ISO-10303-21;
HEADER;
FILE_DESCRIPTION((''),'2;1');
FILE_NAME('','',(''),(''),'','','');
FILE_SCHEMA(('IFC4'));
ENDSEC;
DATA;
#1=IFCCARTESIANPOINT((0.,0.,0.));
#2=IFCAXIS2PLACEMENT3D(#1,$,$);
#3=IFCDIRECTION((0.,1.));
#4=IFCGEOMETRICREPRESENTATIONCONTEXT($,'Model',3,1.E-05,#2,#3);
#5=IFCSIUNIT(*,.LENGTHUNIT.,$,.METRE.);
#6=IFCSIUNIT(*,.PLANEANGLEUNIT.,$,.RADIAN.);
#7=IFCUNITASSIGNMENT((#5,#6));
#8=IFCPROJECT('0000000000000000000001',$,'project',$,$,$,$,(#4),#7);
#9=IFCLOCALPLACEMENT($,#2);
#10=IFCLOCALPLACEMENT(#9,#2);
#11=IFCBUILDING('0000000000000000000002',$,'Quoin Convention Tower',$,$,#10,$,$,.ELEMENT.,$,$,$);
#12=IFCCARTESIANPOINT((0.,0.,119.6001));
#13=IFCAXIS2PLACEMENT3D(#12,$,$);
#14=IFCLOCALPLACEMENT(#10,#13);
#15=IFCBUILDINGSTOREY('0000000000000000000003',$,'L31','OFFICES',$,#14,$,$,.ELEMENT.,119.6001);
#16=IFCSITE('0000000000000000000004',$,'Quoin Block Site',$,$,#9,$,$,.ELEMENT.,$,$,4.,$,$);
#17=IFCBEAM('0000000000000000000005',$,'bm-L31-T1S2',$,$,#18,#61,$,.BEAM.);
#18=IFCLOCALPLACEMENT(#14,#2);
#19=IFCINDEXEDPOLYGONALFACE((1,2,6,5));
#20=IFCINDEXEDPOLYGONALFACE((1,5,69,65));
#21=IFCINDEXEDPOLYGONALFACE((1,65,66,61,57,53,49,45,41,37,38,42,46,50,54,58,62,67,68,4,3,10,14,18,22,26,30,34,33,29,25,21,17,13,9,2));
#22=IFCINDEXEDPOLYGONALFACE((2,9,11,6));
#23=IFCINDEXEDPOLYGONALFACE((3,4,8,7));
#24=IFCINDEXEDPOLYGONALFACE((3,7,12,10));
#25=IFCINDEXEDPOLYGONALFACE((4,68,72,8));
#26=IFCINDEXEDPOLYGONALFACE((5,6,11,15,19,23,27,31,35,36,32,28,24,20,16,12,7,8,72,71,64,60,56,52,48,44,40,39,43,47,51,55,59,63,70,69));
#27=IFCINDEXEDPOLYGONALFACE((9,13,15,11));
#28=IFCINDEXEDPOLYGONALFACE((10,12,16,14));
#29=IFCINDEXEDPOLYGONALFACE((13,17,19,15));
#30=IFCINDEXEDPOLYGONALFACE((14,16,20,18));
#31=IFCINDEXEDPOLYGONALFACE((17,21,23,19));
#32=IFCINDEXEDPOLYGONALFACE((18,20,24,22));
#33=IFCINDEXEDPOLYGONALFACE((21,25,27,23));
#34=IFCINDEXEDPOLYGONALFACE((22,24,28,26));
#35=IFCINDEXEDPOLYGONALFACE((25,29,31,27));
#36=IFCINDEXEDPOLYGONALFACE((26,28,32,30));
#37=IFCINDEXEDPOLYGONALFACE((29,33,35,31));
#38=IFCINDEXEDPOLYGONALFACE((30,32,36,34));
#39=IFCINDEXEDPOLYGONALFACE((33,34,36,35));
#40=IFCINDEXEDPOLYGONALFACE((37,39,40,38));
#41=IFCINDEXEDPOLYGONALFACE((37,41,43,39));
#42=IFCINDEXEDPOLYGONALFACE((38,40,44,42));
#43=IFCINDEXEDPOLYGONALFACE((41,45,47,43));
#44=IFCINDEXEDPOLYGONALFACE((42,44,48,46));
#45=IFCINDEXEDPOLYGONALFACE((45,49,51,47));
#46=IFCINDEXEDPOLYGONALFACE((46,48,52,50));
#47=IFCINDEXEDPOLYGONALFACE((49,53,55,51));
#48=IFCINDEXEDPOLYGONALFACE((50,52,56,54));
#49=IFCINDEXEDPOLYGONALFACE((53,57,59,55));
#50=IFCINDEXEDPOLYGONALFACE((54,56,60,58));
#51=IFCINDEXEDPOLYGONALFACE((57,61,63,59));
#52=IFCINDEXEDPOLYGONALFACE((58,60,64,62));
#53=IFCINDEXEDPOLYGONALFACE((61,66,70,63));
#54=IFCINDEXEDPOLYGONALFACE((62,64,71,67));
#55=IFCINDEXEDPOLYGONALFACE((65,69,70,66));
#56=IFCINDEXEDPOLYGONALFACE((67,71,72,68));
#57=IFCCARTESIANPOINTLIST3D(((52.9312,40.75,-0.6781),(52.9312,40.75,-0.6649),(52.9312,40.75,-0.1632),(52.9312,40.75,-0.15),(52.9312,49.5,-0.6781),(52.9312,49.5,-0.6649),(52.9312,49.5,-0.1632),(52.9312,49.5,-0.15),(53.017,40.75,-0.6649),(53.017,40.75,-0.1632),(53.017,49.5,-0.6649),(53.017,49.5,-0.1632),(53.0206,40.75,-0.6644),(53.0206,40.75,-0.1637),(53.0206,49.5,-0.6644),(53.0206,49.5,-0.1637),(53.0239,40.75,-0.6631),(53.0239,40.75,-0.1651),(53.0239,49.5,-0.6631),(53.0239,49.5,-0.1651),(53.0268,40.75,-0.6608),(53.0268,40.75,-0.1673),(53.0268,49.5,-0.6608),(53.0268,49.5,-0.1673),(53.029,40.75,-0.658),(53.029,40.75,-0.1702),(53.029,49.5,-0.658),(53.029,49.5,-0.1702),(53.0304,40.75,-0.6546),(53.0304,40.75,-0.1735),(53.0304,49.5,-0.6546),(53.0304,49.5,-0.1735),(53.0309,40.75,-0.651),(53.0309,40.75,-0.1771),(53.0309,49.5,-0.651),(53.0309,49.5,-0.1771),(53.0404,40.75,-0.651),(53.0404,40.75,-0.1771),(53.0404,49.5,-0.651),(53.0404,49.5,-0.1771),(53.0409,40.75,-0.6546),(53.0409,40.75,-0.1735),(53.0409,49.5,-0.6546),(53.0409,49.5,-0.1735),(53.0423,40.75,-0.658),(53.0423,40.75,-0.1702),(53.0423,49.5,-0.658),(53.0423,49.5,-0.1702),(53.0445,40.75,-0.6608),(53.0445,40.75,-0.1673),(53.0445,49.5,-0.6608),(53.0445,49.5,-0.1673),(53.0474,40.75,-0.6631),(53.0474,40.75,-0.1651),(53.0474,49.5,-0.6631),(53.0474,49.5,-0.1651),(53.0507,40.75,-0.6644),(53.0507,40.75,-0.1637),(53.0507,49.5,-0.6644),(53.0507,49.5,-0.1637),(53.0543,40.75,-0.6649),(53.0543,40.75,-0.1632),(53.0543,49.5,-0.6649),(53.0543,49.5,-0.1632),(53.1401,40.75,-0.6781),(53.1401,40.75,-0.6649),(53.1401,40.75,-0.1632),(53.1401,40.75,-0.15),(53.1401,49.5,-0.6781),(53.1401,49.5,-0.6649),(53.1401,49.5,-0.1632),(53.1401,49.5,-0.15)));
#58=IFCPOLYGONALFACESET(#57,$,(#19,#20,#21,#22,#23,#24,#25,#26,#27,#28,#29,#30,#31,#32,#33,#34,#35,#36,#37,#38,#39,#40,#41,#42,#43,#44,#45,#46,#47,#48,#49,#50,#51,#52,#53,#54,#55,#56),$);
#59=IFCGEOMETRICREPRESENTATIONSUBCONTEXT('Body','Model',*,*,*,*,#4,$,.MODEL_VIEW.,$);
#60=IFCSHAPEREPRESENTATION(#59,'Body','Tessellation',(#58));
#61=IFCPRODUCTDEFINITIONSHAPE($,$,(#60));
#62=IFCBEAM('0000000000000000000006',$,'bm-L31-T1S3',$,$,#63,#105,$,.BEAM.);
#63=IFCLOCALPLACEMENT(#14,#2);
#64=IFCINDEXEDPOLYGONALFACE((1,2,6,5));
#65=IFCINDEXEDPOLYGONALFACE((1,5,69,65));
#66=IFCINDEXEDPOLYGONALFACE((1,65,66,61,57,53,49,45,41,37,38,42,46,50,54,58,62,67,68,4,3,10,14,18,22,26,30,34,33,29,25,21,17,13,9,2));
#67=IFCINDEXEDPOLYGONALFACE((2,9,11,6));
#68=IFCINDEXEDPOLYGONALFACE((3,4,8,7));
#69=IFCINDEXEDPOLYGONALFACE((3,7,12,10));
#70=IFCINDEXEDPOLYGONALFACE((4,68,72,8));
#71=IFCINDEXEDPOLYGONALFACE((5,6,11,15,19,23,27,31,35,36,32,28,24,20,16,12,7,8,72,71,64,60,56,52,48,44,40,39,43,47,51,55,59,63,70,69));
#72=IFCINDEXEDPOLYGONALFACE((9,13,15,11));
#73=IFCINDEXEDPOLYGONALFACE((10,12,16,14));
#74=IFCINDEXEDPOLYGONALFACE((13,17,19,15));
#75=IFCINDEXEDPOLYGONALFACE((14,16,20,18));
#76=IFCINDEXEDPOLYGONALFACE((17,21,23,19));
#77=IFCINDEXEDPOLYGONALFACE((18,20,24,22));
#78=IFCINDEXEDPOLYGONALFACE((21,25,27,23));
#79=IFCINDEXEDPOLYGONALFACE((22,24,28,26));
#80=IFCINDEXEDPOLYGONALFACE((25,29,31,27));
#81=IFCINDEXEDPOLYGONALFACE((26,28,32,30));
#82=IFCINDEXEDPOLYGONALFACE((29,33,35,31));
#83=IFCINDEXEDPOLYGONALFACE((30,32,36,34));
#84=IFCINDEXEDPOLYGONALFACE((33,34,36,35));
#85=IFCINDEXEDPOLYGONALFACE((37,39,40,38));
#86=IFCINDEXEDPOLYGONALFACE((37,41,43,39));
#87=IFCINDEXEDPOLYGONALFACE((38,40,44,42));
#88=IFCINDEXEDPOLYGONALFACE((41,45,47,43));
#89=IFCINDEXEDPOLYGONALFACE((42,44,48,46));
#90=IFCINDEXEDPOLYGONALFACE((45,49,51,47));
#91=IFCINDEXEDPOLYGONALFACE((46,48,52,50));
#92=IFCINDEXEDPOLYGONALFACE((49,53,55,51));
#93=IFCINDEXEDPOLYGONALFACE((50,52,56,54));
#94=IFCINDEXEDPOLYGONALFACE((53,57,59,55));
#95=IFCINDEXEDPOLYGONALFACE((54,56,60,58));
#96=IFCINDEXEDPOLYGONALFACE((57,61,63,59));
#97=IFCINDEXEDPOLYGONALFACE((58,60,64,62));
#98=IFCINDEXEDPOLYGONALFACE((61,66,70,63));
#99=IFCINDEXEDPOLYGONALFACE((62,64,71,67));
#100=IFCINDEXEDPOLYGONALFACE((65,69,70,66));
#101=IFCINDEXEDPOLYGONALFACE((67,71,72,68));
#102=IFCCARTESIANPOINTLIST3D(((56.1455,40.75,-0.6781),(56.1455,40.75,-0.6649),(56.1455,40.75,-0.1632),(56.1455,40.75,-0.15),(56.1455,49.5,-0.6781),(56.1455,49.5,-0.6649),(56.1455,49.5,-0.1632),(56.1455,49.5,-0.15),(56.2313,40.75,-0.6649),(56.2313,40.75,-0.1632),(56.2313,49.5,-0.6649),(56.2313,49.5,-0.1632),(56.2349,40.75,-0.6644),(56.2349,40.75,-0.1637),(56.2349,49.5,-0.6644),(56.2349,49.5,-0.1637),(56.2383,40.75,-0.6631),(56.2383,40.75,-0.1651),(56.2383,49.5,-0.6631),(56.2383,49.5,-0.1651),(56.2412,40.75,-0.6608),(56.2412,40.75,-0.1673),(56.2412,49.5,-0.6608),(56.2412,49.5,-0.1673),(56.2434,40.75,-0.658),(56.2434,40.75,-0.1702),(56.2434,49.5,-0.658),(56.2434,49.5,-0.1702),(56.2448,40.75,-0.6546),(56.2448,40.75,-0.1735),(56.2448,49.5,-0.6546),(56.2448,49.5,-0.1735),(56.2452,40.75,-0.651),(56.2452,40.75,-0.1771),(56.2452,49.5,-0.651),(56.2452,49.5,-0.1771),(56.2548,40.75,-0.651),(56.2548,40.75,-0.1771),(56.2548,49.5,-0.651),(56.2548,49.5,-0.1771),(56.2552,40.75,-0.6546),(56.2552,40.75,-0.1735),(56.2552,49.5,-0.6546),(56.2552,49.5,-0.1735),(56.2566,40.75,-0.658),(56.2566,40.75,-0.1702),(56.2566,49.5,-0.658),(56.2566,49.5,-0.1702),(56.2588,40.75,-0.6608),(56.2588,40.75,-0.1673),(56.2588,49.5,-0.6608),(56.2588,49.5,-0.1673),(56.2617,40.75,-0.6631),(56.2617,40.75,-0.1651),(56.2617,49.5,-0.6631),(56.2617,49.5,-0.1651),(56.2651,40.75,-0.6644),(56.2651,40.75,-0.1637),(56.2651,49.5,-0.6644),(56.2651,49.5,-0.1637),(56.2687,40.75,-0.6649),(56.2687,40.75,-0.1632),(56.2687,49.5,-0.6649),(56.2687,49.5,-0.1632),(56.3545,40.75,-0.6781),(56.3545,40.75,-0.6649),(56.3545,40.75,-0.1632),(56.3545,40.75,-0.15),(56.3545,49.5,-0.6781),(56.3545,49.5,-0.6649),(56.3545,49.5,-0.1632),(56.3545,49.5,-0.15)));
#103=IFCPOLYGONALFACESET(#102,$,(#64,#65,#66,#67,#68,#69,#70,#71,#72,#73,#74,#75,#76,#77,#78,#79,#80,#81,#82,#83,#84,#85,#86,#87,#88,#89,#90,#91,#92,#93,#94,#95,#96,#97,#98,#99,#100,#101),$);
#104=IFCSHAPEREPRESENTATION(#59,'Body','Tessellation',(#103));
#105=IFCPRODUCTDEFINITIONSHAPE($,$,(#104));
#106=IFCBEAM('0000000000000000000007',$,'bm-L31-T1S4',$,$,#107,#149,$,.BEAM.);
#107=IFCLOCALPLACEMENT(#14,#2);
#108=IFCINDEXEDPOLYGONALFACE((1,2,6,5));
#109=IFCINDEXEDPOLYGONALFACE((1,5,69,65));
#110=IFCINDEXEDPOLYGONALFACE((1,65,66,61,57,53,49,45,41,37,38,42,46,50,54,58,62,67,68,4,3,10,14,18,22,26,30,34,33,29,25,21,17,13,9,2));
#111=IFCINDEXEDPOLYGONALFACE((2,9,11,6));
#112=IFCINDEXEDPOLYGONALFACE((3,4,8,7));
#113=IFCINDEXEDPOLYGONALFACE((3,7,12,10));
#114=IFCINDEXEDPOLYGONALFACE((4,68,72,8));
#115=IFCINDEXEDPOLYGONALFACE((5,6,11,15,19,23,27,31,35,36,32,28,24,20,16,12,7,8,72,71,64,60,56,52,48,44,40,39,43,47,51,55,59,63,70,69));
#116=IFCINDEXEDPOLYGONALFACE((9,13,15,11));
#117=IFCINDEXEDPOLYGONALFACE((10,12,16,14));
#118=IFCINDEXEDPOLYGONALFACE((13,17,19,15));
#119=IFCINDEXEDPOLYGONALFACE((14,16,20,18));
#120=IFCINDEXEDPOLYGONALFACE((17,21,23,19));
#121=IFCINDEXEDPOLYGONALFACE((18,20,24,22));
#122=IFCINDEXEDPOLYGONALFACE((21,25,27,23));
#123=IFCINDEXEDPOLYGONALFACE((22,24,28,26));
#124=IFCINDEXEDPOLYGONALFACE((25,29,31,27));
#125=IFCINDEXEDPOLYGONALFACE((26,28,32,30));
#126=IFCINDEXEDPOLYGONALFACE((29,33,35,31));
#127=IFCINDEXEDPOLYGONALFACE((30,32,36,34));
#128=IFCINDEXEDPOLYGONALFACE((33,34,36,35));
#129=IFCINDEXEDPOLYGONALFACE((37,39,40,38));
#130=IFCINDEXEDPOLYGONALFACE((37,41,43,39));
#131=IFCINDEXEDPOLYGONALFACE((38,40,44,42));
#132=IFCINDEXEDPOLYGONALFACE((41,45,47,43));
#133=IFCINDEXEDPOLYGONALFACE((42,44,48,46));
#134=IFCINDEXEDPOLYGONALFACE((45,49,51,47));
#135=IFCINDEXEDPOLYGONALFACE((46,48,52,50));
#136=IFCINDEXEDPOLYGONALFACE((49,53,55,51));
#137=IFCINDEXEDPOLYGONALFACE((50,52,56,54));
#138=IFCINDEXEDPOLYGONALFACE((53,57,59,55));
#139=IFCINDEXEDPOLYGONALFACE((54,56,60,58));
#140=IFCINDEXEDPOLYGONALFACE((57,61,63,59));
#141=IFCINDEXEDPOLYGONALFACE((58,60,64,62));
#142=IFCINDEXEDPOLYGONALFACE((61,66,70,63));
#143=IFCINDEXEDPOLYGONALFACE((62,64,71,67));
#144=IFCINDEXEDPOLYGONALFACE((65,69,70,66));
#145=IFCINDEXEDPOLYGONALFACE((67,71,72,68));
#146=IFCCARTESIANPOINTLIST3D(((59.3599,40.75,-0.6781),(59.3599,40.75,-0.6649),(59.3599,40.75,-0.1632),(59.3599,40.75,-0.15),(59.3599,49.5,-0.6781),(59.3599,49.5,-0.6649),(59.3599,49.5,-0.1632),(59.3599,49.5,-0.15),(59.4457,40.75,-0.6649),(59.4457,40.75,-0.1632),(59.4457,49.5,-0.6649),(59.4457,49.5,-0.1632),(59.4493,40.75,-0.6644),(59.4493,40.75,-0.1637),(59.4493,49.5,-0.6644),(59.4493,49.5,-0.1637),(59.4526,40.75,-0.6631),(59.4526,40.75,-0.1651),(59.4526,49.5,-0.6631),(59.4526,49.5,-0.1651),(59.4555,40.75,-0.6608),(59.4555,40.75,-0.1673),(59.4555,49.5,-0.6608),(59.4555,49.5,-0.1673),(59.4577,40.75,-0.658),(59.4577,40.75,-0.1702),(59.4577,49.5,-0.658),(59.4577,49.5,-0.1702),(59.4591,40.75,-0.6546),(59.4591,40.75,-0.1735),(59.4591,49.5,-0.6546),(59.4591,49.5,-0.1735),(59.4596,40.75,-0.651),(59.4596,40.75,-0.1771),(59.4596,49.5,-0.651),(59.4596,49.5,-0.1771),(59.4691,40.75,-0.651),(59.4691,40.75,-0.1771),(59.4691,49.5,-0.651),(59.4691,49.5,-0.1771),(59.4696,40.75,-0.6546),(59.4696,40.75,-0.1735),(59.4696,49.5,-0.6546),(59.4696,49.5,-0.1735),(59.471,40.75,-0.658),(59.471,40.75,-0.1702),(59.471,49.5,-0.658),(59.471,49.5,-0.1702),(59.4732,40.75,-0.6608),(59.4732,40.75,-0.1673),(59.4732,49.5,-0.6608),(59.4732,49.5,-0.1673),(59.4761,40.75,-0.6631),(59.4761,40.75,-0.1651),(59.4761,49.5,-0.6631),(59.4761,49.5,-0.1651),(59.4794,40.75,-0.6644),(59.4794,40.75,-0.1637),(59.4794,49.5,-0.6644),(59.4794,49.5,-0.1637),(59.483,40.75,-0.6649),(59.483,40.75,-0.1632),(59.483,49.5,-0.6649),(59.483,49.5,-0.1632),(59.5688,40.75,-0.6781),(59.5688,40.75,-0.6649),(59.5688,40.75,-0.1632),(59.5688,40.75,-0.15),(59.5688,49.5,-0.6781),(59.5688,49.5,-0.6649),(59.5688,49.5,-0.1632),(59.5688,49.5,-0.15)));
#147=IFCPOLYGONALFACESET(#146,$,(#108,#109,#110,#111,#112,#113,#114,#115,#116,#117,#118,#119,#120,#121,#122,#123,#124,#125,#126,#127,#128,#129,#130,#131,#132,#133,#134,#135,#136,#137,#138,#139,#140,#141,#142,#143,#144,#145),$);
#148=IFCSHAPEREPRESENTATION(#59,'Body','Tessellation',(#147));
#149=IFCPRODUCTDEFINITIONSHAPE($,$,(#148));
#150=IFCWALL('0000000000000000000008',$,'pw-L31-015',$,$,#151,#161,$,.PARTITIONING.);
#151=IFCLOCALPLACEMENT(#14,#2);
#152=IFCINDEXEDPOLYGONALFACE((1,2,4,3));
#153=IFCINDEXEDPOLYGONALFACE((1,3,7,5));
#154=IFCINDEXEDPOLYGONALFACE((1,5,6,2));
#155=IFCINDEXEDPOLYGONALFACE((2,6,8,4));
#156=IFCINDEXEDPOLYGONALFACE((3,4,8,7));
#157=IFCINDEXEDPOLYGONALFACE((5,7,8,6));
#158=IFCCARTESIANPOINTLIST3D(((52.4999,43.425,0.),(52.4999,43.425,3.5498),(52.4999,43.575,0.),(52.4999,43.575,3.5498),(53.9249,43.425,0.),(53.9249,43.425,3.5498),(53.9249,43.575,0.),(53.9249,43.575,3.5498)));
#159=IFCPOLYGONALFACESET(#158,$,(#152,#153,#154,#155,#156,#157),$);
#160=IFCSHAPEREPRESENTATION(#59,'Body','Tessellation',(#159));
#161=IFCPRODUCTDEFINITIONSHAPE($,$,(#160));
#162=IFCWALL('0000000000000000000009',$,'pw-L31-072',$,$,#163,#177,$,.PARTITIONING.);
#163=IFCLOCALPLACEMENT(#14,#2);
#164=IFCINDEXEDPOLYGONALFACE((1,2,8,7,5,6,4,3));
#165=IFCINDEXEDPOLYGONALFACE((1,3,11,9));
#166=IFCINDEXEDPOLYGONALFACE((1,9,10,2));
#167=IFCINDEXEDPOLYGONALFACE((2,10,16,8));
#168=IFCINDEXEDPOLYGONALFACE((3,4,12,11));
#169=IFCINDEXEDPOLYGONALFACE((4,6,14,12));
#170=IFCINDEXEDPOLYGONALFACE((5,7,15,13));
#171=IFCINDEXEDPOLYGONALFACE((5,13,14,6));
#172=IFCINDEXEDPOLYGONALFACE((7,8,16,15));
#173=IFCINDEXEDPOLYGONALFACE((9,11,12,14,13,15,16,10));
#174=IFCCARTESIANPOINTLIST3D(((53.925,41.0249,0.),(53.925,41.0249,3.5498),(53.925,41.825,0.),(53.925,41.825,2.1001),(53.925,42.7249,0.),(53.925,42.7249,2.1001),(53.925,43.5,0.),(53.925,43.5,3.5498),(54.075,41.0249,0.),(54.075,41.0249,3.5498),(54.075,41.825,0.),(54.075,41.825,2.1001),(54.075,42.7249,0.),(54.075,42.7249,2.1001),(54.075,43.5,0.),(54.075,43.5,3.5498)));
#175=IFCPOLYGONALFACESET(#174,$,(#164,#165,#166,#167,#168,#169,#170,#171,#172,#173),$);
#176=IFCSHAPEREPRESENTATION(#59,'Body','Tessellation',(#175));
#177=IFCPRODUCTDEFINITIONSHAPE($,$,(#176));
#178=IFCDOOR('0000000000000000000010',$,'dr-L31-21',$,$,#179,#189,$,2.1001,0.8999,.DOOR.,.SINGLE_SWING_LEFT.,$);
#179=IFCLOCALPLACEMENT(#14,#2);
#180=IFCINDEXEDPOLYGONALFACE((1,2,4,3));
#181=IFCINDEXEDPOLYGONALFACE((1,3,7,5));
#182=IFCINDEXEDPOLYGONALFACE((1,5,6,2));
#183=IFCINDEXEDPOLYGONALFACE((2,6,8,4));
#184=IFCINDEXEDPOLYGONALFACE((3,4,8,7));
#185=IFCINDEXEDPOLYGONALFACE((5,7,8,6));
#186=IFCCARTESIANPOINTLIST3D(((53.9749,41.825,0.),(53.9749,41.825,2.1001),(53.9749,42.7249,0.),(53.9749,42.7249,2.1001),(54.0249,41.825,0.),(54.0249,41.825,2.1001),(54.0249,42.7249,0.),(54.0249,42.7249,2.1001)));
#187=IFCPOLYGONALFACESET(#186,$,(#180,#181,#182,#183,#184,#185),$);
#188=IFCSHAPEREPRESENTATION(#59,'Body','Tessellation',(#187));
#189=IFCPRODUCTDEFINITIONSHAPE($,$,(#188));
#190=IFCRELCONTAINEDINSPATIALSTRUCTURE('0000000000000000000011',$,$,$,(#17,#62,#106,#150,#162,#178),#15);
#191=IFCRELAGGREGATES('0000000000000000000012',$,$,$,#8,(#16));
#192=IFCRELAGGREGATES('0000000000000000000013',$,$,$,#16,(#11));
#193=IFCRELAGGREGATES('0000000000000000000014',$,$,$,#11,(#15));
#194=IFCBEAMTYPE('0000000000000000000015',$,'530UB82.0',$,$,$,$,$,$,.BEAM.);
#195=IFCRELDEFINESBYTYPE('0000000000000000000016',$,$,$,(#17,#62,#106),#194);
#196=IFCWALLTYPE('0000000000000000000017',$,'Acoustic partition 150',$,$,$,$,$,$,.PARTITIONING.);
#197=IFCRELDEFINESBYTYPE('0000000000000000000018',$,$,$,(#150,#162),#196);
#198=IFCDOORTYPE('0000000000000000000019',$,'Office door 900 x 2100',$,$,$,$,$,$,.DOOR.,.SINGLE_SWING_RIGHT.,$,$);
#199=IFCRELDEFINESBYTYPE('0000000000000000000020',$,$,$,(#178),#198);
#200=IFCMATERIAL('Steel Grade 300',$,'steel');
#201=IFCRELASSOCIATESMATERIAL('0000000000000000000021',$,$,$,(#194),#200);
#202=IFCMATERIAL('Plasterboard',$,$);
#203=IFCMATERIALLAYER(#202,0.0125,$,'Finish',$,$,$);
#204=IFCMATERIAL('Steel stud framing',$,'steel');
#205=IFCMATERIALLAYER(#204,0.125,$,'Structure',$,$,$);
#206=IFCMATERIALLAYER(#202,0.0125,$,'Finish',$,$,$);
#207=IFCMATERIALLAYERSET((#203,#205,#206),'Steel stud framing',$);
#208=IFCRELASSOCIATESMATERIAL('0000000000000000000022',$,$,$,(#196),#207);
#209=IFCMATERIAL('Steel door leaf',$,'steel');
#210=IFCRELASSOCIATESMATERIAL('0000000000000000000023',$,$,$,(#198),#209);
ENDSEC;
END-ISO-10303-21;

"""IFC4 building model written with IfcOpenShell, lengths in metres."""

from ifc_helpers import new_model, si_unit, direction, frame, frame_2d, origin, origin_2d, place, context, subcontext, project, spatial, rectangle, i_section, extrude, material, layer, layer_set, material_profile, profile_set, type_object, element, fill, save


model = new_model("IFC4")

# Units and contexts
model_context = context("Model", 3, precision=1e-05, world=origin(), true_north=direction((0.0, 1.0)))
body_context = subcontext(model_context, "Body", "Model", "MODEL_VIEW")
ifc_project = project(units=[si_unit("LENGTHUNIT", "METRE"), si_unit("PLANEANGLEUNIT", "RADIAN")], contexts=[model_context])

# Site, building, storey
site_placement = place(None, origin())
site = spatial("IfcSite", under=ifc_project, at=site_placement, Name="Quoin Block Site", CompositionType="ELEMENT", RefElevation=4.0)
building_placement = place(site_placement, origin())
building = spatial("IfcBuilding", under=site, at=building_placement, Name="Quoin Convention Tower", CompositionType="ELEMENT")
storey_placement = place(building_placement, frame((0.0, 0.0, 119.6001)))
storey = spatial("IfcBuildingStorey", under=building, at=storey_placement, Name="L31", Description="OFFICES", CompositionType="ELEMENT", Elevation=119.6001)

# Beams
ifc_material_1 = material(Name="Steel Grade 300", Category="steel")
ifc_material_profile = material_profile(ifc_material_1, i_section(OverallWidth=0.209, OverallDepth=0.5281, WebThickness=0.0095, FlangeThickness=0.0132, FilletRadius=0.0139, at=origin_2d()), Name="530UB82.0")
ifc_profile_set = profile_set([ifc_material_profile], Name="Steel Grade 300")
beam_type = type_object("IfcBeamType", Name="530UB82.0", PredefinedType="BEAM", material=ifc_profile_set)
for number, where, z_axis, x_axis, name in (
    (1, (53.0356, 40.75, -0.4141), (0.0, 1.0, 0.0), (-1.0, 0.0, 0.0), "bm-L31-T1S2"),
    (2, (56.25, 40.75, -0.4141), (0.0, 1.0, 0.0), (-1.0, 0.0, 0.0), "bm-L31-T1S3"),
    (3, (59.4644, 40.75, -0.4141), (0.0, 1.0, 0.0), (-1.0, 0.0, 0.0), "bm-L31-T1S4"),
):
    element("IfcBeam", number, at=place(storey_placement, frame(where, z_axis=z_axis, x_axis=x_axis)), inside=storey, type_object=beam_type, Name=name, PredefinedType="BEAM", context=body_context, shape_type="SweptSolid", body=[
        extrude(i_section(OverallWidth=0.209, OverallDepth=0.5281, WebThickness=0.0095, FlangeThickness=0.0132, FilletRadius=0.0139, at=origin_2d()), origin(), (0.0, 0.0, 1.0), 8.75),
    ])

# Wall
ifc_material_2 = material(Name="Plasterboard")
ifc_layer_1 = layer(ifc_material_2, 0.0125, Name="Finish")
ifc_material_3 = material(Name="Steel stud framing", Category="steel")
ifc_layer_2 = layer(ifc_material_3, 0.125, Name="Structure")
ifc_layer_3 = layer(ifc_material_2, 0.0125, Name="Finish")
ifc_layer_set_1 = layer_set([ifc_layer_1, ifc_layer_2, ifc_layer_3], Name="Steel stud framing")
wall_type_1 = type_object("IfcWallType", Name="Acoustic partition 150", PredefinedType="PARTITIONING", material=ifc_layer_set_1)
wall_1_placement = place(storey_placement, frame((52.5, 43.5, 0.0), z_axis=(0.0, 0.0, 1.0), x_axis=(1.0, 0.0, 0.0)))
element("IfcWall", 4, at=wall_1_placement, inside=storey, type_object=wall_type_1, Name="pw-L31-015", PredefinedType="PARTITIONING", context=body_context, shape_type="SweptSolid", body=[
    extrude(rectangle(XDim=1.425, YDim=0.1499, at=frame_2d((0.7124, 0.0))), origin(), (0.0, 0.0, 1.0), 3.5498),
])

# Wall, opening, door
wall_2_placement = place(storey_placement, frame((54.0, 41.0249, 0.0), z_axis=(0.0, 0.0, 1.0), x_axis=(0.0, 1.0, 0.0)))
wall_2 = element("IfcWall", 5, at=wall_2_placement, inside=storey, type_object=wall_type_1, Name="pw-L31-072", PredefinedType="PARTITIONING", context=body_context, shape_type="SweptSolid", body=[
    extrude(rectangle(XDim=2.4751, YDim=0.1499, at=frame_2d((1.2375, 0.0))), origin(), (0.0, 0.0, 1.0), 3.5498),
])
opening_1_placement = place(wall_2_placement, frame((0.8, 0.0, 0.0)))
opening_1 = element("IfcOpeningElement", 6, at=opening_1_placement, cuts=wall_2, PredefinedType="OPENING", context=body_context, shape_type="SweptSolid", body=[
    extrude(rectangle(XDim=0.8999, YDim=2.1001, at=frame_2d((0.45, 1.05))), frame((0.0, 0.085, 0.0), z_axis=(0.0, -1.0, 0.0), x_axis=(1.0, 0.0, 0.0)), (0.0, 0.0, 1.0), 0.1699),
])
ifc_material_4 = material(Name="Steel door leaf", Category="steel")
door_type_1 = type_object("IfcDoorType", Name="Office door 900 x 2100", OperationType="SINGLE_SWING_RIGHT", PredefinedType="DOOR", material=ifc_material_4)
door_1_placement = place(opening_1_placement, frame((0.8999, 0.0, 0.0), z_axis=(0.0, 0.0, 1.0), x_axis=(-1.0, 0.0, 0.0)))
door_1 = element("IfcDoor", 7, at=door_1_placement, inside=storey, type_object=door_type_1, Name="dr-L31-21", OperationType="SINGLE_SWING_LEFT", OverallHeight=2.1001, OverallWidth=0.8999, PredefinedType="DOOR", context=body_context, shape_type="SweptSolid", body=[
    extrude(rectangle(XDim=0.8999, YDim=2.1001, at=frame_2d((0.45, 1.05))), frame((0.0, 0.0249, 0.0), z_axis=(0.0, -1.0, 0.0), x_axis=(1.0, 0.0, 0.0)), (0.0, 0.0, 1.0), 0.05),
])
fill(opening_1, door_1)

save(model, "model.ifc")
